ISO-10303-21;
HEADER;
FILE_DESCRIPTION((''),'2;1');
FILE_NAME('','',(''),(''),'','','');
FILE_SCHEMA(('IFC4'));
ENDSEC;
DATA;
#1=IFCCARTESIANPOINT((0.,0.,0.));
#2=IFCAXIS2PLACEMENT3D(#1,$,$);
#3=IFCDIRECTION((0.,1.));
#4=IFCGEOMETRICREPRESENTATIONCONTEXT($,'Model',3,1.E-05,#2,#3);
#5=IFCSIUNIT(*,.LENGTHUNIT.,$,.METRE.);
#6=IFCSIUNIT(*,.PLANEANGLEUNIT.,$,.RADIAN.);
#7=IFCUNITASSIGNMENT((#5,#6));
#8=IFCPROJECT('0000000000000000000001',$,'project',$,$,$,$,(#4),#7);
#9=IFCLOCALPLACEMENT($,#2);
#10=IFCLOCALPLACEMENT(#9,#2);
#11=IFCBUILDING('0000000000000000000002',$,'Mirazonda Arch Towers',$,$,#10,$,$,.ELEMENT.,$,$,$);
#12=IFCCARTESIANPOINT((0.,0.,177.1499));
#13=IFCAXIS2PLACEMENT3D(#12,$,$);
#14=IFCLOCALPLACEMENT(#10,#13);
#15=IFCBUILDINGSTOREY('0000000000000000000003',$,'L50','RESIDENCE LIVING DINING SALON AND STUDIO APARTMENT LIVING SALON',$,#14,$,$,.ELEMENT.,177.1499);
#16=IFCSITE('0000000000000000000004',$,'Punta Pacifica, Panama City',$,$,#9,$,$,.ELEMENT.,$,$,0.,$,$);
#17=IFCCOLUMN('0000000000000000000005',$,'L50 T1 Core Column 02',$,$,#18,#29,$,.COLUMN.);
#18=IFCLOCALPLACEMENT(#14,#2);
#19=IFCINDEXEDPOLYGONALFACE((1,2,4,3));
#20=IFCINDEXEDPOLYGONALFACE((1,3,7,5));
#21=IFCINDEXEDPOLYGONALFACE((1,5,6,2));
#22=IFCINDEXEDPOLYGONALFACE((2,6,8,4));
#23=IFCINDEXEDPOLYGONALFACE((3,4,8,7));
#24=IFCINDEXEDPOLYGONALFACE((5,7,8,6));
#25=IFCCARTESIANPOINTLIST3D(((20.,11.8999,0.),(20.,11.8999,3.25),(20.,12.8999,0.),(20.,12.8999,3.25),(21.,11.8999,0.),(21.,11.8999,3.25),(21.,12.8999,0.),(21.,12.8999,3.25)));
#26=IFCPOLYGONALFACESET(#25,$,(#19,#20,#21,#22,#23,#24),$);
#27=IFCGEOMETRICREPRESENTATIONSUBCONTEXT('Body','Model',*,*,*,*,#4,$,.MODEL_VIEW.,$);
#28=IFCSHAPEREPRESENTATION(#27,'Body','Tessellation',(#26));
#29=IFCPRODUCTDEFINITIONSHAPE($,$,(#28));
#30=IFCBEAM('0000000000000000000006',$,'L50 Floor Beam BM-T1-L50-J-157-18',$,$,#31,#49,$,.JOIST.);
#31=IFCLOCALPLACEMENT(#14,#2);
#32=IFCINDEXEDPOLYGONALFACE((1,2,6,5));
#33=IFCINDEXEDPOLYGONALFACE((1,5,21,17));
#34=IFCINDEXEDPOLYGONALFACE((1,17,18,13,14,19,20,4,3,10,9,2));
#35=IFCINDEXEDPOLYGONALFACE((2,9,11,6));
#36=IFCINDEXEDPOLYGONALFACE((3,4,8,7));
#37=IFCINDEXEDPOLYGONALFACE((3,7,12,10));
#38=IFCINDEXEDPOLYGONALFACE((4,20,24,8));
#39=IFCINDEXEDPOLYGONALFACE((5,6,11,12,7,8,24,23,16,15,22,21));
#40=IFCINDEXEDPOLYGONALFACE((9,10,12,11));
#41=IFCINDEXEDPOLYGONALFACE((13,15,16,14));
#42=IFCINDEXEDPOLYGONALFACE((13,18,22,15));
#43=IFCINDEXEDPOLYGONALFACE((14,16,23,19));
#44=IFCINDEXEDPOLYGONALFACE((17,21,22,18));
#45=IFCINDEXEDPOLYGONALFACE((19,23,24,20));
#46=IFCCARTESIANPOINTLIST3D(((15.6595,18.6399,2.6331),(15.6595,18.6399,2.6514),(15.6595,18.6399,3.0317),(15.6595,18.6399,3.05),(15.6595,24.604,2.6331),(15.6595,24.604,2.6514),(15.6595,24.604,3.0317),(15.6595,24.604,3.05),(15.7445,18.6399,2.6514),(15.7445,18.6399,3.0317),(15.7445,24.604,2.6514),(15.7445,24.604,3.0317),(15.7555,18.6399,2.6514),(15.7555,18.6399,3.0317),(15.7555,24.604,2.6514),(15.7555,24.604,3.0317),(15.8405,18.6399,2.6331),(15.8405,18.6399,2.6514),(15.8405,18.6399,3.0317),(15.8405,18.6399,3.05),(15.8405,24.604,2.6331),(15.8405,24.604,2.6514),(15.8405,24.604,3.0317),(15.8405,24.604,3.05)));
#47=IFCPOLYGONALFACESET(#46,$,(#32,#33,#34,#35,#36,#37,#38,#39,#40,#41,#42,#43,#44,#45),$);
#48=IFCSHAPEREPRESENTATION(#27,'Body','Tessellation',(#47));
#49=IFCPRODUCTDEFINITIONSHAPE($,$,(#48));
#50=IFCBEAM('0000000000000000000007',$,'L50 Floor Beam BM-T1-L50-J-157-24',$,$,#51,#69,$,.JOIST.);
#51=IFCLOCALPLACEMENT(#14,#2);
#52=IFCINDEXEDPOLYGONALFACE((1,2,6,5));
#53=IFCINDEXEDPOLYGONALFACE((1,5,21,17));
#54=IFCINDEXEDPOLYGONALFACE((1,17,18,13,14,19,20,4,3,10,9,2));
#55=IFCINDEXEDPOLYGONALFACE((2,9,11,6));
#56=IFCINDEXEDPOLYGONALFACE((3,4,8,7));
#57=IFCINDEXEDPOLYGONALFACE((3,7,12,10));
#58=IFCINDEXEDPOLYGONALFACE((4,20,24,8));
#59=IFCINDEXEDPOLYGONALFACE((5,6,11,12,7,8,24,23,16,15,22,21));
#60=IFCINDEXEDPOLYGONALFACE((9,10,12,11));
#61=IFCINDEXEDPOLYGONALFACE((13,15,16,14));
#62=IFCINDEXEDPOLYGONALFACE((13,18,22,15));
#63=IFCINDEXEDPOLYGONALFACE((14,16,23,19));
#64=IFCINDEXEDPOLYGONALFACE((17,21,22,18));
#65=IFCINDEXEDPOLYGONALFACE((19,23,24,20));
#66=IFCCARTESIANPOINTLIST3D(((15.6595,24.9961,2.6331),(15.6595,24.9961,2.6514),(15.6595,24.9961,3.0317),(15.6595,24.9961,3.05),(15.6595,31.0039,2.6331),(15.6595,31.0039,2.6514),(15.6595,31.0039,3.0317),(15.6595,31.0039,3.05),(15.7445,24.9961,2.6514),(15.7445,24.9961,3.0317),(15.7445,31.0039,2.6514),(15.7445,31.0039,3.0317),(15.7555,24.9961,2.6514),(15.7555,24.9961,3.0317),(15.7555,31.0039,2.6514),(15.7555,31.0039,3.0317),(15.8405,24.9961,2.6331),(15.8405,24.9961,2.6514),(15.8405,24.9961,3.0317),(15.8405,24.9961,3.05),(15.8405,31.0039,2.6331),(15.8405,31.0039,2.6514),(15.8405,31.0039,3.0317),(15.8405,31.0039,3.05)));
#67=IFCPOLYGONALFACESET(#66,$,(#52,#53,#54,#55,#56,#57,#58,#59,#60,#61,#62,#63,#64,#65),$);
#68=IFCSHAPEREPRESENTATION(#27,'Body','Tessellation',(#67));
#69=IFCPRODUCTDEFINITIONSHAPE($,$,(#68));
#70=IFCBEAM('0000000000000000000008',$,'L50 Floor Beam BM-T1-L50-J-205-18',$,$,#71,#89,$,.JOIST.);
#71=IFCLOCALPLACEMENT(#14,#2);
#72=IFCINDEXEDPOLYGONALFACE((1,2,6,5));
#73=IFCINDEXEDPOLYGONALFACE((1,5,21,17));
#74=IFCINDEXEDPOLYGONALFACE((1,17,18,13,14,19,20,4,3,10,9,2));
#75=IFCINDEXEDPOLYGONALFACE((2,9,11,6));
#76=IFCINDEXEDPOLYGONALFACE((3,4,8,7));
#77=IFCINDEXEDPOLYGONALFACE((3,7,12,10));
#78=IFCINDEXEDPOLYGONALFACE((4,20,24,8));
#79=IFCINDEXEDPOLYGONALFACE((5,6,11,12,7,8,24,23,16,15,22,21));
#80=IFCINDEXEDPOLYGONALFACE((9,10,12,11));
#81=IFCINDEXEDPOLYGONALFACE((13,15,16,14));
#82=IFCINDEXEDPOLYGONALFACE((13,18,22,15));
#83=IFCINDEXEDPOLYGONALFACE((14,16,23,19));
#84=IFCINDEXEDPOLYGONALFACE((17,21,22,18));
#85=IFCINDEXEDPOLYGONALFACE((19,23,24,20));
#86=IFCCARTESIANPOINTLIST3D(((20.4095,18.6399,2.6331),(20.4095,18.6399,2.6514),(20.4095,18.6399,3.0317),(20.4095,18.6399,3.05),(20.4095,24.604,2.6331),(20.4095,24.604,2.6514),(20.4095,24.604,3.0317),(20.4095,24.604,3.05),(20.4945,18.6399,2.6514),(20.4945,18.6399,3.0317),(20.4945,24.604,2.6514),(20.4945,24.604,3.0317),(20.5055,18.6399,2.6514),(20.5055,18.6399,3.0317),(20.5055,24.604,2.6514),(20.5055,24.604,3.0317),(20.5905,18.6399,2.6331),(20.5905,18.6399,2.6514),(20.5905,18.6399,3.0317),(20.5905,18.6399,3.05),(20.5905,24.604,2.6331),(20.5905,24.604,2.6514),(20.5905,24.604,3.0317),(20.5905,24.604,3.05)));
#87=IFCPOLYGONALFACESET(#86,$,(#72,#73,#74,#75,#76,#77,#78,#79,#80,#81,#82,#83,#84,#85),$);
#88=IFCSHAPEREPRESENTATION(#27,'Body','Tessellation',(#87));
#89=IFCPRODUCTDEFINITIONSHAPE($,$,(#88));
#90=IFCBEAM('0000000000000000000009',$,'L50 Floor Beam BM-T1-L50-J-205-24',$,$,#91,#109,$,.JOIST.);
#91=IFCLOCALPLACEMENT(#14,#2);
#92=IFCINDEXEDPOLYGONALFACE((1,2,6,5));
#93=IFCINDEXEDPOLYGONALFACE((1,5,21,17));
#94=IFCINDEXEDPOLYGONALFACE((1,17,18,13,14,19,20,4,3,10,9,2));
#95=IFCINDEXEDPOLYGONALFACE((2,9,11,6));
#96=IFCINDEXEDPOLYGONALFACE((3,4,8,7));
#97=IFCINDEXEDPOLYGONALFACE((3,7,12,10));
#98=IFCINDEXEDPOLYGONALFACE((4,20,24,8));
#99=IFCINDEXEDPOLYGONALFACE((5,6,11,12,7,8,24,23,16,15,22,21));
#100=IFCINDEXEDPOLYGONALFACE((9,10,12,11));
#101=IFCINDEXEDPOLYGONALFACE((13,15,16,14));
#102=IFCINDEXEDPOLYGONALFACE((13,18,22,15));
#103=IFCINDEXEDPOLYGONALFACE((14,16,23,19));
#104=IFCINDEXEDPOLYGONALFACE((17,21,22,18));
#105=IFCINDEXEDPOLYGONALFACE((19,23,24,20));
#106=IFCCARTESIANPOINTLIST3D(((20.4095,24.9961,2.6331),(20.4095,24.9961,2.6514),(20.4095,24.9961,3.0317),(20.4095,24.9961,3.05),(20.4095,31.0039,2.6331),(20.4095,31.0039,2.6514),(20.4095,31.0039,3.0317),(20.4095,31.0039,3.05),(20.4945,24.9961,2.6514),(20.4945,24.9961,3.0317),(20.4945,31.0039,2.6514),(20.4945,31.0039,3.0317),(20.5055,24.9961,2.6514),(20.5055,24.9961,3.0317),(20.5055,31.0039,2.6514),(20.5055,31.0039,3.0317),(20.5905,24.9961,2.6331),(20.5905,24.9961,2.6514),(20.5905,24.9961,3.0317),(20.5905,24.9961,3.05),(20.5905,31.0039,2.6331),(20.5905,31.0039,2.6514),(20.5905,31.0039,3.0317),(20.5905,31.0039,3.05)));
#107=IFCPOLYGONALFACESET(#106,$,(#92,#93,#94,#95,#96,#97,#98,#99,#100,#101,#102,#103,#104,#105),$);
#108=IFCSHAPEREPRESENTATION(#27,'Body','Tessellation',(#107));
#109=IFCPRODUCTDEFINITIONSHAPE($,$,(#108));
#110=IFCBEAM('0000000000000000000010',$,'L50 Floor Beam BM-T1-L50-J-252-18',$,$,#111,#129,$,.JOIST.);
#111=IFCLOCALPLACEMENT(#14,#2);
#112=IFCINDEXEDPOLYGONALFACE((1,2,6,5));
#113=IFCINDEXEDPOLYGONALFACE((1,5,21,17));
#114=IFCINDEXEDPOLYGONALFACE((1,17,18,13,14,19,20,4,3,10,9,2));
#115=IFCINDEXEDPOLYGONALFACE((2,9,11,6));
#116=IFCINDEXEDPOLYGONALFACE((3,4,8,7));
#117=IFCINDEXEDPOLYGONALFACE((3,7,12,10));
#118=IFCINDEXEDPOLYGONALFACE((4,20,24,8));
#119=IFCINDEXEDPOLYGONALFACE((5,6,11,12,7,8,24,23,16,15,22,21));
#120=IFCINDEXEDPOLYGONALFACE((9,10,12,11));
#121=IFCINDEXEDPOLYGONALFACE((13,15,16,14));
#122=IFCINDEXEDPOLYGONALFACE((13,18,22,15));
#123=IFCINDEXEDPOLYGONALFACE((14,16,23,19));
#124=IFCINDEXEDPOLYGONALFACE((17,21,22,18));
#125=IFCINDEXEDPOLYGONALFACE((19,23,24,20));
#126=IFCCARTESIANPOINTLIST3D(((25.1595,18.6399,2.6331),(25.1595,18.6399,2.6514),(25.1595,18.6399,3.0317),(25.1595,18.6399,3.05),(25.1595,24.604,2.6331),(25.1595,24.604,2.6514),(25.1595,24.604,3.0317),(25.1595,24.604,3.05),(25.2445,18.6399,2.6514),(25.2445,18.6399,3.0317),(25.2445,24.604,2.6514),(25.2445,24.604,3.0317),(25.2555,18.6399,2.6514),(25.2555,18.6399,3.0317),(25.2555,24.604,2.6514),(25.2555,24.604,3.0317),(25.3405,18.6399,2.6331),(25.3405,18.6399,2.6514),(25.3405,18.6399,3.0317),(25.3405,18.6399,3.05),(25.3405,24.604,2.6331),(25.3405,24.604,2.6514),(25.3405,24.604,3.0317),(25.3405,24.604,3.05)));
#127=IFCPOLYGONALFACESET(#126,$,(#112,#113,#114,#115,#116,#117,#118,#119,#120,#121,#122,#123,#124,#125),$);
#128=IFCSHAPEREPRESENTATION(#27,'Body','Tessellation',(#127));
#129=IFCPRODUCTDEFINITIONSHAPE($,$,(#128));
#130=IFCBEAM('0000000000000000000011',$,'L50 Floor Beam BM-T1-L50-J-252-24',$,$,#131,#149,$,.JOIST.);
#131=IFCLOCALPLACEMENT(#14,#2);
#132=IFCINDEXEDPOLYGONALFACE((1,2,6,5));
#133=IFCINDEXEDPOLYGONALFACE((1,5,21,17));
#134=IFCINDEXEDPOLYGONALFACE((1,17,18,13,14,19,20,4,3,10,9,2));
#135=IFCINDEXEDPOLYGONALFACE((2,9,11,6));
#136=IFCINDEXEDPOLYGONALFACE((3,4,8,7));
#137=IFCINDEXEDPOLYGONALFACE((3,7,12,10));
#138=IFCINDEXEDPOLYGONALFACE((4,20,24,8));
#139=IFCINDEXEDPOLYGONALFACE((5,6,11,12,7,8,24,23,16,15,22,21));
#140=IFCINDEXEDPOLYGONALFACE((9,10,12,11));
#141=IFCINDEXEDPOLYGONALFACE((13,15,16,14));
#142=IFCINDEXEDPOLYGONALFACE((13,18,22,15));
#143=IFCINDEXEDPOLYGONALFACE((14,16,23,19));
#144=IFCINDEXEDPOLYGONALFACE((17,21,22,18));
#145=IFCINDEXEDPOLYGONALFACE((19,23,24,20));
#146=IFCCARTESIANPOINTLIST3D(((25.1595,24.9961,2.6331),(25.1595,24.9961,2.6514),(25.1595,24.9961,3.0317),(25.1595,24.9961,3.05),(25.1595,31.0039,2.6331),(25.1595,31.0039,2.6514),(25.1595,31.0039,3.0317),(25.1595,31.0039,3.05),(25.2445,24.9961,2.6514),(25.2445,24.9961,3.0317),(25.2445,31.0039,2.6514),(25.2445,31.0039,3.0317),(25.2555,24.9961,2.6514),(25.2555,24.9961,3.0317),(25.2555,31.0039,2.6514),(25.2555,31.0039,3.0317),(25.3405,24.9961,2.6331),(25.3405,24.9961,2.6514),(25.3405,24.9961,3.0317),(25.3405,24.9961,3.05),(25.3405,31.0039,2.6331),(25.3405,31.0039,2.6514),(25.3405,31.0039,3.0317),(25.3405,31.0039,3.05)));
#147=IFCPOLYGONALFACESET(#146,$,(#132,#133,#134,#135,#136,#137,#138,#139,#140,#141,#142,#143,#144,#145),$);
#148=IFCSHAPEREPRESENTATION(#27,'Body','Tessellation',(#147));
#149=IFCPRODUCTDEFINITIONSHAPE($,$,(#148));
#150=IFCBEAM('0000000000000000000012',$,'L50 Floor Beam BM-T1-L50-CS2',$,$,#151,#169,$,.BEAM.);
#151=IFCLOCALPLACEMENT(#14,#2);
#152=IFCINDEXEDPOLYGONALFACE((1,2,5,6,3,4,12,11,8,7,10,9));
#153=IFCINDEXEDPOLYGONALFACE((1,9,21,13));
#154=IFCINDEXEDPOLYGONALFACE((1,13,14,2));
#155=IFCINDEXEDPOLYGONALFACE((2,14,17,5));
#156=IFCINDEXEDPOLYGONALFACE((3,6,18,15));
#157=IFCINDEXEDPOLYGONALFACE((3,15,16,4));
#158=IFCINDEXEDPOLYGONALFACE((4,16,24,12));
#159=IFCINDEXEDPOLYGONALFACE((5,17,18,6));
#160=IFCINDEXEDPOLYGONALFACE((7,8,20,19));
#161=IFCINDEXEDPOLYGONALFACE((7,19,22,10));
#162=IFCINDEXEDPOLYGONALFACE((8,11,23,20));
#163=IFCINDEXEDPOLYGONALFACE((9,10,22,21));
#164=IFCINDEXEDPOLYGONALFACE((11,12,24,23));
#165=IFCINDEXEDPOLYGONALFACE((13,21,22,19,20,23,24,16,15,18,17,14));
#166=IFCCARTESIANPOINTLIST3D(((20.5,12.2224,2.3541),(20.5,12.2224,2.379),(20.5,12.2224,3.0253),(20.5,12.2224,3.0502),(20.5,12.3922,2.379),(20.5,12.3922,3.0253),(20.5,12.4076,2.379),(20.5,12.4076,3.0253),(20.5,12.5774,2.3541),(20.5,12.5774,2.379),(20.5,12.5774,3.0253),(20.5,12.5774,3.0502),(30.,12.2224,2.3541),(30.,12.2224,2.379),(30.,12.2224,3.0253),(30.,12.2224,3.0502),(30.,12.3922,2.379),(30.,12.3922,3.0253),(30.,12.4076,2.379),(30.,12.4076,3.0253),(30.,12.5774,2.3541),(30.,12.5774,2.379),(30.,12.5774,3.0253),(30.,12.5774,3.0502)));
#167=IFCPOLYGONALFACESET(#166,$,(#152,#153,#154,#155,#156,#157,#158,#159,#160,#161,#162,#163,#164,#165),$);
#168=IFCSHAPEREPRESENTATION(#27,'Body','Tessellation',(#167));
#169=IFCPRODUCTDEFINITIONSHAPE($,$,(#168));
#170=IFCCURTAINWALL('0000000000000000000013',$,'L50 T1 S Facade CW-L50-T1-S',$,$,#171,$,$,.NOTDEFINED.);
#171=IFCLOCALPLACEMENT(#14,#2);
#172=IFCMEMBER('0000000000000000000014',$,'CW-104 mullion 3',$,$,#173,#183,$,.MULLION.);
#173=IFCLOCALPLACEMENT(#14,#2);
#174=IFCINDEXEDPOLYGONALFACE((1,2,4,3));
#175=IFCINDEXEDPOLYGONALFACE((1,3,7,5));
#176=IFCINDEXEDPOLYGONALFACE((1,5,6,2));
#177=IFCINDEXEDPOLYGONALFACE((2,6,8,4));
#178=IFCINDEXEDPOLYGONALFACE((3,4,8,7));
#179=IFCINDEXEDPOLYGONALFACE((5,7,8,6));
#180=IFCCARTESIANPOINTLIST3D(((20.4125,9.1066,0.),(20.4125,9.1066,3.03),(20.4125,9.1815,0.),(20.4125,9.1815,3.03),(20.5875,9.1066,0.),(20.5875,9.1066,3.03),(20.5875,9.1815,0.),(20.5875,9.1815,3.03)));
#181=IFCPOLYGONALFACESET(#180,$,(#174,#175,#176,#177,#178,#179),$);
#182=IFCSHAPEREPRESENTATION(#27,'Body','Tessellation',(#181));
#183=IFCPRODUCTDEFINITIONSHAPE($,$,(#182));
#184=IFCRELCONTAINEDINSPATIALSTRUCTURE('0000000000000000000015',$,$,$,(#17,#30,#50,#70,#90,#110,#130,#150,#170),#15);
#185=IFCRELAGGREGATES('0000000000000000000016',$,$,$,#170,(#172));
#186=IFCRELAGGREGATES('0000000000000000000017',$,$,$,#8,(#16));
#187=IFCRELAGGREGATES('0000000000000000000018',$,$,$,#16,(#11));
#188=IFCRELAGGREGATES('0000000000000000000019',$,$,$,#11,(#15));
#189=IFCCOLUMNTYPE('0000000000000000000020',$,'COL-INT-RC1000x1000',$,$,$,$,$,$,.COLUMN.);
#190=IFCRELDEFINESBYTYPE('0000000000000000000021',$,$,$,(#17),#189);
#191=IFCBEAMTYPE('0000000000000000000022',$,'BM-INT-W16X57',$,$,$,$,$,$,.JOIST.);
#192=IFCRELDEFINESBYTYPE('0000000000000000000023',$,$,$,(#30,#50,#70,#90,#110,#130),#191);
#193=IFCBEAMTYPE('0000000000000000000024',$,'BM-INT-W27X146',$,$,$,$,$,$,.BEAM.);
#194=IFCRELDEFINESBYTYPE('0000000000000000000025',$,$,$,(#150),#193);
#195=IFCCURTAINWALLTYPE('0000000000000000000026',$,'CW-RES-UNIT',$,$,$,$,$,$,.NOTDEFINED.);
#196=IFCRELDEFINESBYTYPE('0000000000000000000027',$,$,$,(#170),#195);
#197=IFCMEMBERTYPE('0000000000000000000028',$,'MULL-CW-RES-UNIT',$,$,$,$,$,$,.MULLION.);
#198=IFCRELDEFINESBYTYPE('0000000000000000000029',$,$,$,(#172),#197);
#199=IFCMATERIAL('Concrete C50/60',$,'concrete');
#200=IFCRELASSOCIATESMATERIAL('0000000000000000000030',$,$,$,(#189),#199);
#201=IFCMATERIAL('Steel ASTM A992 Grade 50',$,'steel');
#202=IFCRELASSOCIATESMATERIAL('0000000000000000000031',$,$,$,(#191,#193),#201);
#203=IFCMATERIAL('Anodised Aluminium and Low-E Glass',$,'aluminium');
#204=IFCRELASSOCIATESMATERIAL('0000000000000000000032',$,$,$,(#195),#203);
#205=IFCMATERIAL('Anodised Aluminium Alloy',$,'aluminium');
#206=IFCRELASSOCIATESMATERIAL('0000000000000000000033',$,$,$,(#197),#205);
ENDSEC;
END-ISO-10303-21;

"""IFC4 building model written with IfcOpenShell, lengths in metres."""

from ifc_helpers import new_model, si_unit, direction, frame, origin, origin_2d, place, context, subcontext, project, spatial, rectangle, i_section, extrude, material, material_profile, profile_set, type_object, element, aggregate, save


model = new_model("IFC4")

# Units and contexts
model_context = context("Model", 3, precision=1e-05, world=origin(), true_north=direction((0.0, 1.0)))
body_context = subcontext(model_context, "Body", "Model", "MODEL_VIEW")
ifc_project = project(units=[si_unit("LENGTHUNIT", "METRE"), si_unit("PLANEANGLEUNIT", "RADIAN")], contexts=[model_context])

# Site, building, storey
site_placement = place(None, origin())
site = spatial("IfcSite", under=ifc_project, at=site_placement, Name="Punta Pacifica, Panama City", CompositionType="ELEMENT", RefElevation=0.0)
building_placement = place(site_placement, origin())
building = spatial("IfcBuilding", under=site, at=building_placement, Name="Mirazonda Arch Towers", CompositionType="ELEMENT")
storey_placement = place(building_placement, frame((0.0, 0.0, 177.1499)))
storey = spatial("IfcBuildingStorey", under=building, at=storey_placement, Name="L50", Description="RESIDENCE LIVING DINING SALON AND STUDIO APARTMENT LIVING SALON", CompositionType="ELEMENT", Elevation=177.1499)

# Column
ifc_material_1 = material(Name="Concrete C50/60", Category="concrete")
ifc_material_profile_1 = material_profile(ifc_material_1, rectangle(XDim=1.0, YDim=1.0, at=origin_2d()), Name="RC1000x1000")
ifc_profile_set_1 = profile_set([ifc_material_profile_1], Name="Concrete C50/60")
column_type = type_object("IfcColumnType", Name="COL-INT-RC1000x1000", PredefinedType="COLUMN", material=ifc_profile_set_1)
column_placement = place(storey_placement, frame((20.5, 12.3999, 0.0), z_axis=(0.0, 0.0, 1.0), x_axis=(1.0, 0.0, 0.0)))
element("IfcColumn", 1, at=column_placement, inside=storey, type_object=column_type, Name="L50 T1 Core Column 02", PredefinedType="COLUMN", context=body_context, shape_type="SweptSolid", body=[
    extrude(rectangle(XDim=1.0, YDim=1.0, at=origin_2d()), origin(), (0.0, 0.0, 1.0), 3.25),
])

# Beams
ifc_material_2 = material(Name="Steel ASTM A992 Grade 50", Category="steel")
ifc_material_profile_2 = material_profile(ifc_material_2, i_section(OverallWidth=0.1809, OverallDepth=0.417, WebThickness=0.011, FlangeThickness=0.0183, at=origin_2d()), Name="W16X57")
ifc_profile_set_2 = profile_set([ifc_material_profile_2], Name="Steel ASTM A992 Grade 50")
beam_type_1 = type_object("IfcBeamType", Name="BM-INT-W16X57", PredefinedType="JOIST", material=ifc_profile_set_2)
beam_1_placement = place(storey_placement, frame((15.75, 18.6399, 2.8416), z_axis=(0.0, 1.0, 0.0), x_axis=(-1.0, 0.0, 0.0)))
element("IfcBeam", 2, at=beam_1_placement, inside=storey, type_object=beam_type_1, Name="L50 Floor Beam BM-T1-L50-J-157-18", PredefinedType="JOIST", context=body_context, shape_type="SweptSolid", body=[
    extrude(i_section(OverallWidth=0.1809, OverallDepth=0.417, WebThickness=0.011, FlangeThickness=0.0183, at=origin_2d()), origin(), (0.0, 0.0, 1.0), 5.9641),
])
beam_2_placement = place(storey_placement, frame((15.75, 24.9961, 2.8416), z_axis=(0.0, 1.0, 0.0), x_axis=(-1.0, 0.0, 0.0)))
element("IfcBeam", 3, at=beam_2_placement, inside=storey, type_object=beam_type_1, Name="L50 Floor Beam BM-T1-L50-J-157-24", PredefinedType="JOIST", context=body_context, shape_type="SweptSolid", body=[
    extrude(i_section(OverallWidth=0.1809, OverallDepth=0.417, WebThickness=0.011, FlangeThickness=0.0183, at=origin_2d()), origin(), (0.0, 0.0, 1.0), 6.0078),
])
beam_3_placement = place(storey_placement, frame((20.5, 18.6399, 2.8416), z_axis=(0.0, 1.0, 0.0), x_axis=(-1.0, 0.0, 0.0)))
element("IfcBeam", 4, at=beam_3_placement, inside=storey, type_object=beam_type_1, Name="L50 Floor Beam BM-T1-L50-J-205-18", PredefinedType="JOIST", context=body_context, shape_type="SweptSolid", body=[
    extrude(i_section(OverallWidth=0.1809, OverallDepth=0.417, WebThickness=0.011, FlangeThickness=0.0183, at=origin_2d()), origin(), (0.0, 0.0, 1.0), 5.9641),
])
beam_4_placement = place(storey_placement, frame((20.5, 24.9961, 2.8416), z_axis=(0.0, 1.0, 0.0), x_axis=(-1.0, 0.0, 0.0)))
element("IfcBeam", 5, at=beam_4_placement, inside=storey, type_object=beam_type_1, Name="L50 Floor Beam BM-T1-L50-J-205-24", PredefinedType="JOIST", context=body_context, shape_type="SweptSolid", body=[
    extrude(i_section(OverallWidth=0.1809, OverallDepth=0.417, WebThickness=0.011, FlangeThickness=0.0183, at=origin_2d()), origin(), (0.0, 0.0, 1.0), 6.0078),
])
beam_5_placement = place(storey_placement, frame((25.25, 18.6399, 2.8416), z_axis=(0.0, 1.0, 0.0), x_axis=(-1.0, 0.0, 0.0)))
element("IfcBeam", 6, at=beam_5_placement, inside=storey, type_object=beam_type_1, Name="L50 Floor Beam BM-T1-L50-J-252-18", PredefinedType="JOIST", context=body_context, shape_type="SweptSolid", body=[
    extrude(i_section(OverallWidth=0.1809, OverallDepth=0.417, WebThickness=0.011, FlangeThickness=0.0183, at=origin_2d()), origin(), (0.0, 0.0, 1.0), 5.9641),
])
beam_6_placement = place(storey_placement, frame((25.25, 24.9961, 2.8416), z_axis=(0.0, 1.0, 0.0), x_axis=(-1.0, 0.0, 0.0)))
element("IfcBeam", 7, at=beam_6_placement, inside=storey, type_object=beam_type_1, Name="L50 Floor Beam BM-T1-L50-J-252-24", PredefinedType="JOIST", context=body_context, shape_type="SweptSolid", body=[
    extrude(i_section(OverallWidth=0.1809, OverallDepth=0.417, WebThickness=0.011, FlangeThickness=0.0183, at=origin_2d()), origin(), (0.0, 0.0, 1.0), 6.0078),
])
ifc_material_profile_3 = material_profile(ifc_material_2, i_section(OverallWidth=0.355, OverallDepth=0.696, WebThickness=0.0154, FlangeThickness=0.0249, at=origin_2d()), Name="W27X146")
ifc_profile_set_3 = profile_set([ifc_material_profile_3], Name="Steel ASTM A992 Grade 50")
beam_type_2 = type_object("IfcBeamType", Name="BM-INT-W27X146", PredefinedType="BEAM", material=ifc_profile_set_3)
beam_7_placement = place(storey_placement, frame((20.5, 12.3999, 2.7021), z_axis=(1.0, 0.0, 0.0), x_axis=(0.0, 1.0, 0.0)))
element("IfcBeam", 8, at=beam_7_placement, inside=storey, type_object=beam_type_2, Name="L50 Floor Beam BM-T1-L50-CS2", PredefinedType="BEAM", context=body_context, shape_type="SweptSolid", body=[
    extrude(i_section(OverallWidth=0.355, OverallDepth=0.696, WebThickness=0.0154, FlangeThickness=0.0249, at=origin_2d()), origin(), (0.0, 0.0, 1.0), 9.5),
])

# Curtain wall, member
ifc_material_3 = material(Name="Anodised Aluminium and Low-E Glass", Category="aluminium")
curtain_wall_type = type_object("IfcCurtainWallType", Name="CW-RES-UNIT", PredefinedType="NOTDEFINED", material=ifc_material_3)
curtain_wall_placement = place(storey_placement, origin())
curtain_wall = element("IfcCurtainWall", 9, at=curtain_wall_placement, inside=storey, type_object=curtain_wall_type, Name="L50 T1 S Facade CW-L50-T1-S", PredefinedType="NOTDEFINED")
ifc_material_4 = material(Name="Anodised Aluminium Alloy", Category="aluminium")
ifc_material_profile_4 = material_profile(ifc_material_4, rectangle(XDim=0.075, YDim=0.175, at=origin_2d()), Name="ALU-MULL-75x175")
ifc_profile_set_4 = profile_set([ifc_material_profile_4], Name="Anodised Aluminium Alloy")
member_type_1 = type_object("IfcMemberType", Name="MULL-CW-RES-UNIT", PredefinedType="MULLION", material=ifc_profile_set_4)
member_1_placement = place(storey_placement, frame((20.5, 9.144, 0.0), z_axis=(0.0, 0.0, 1.0), x_axis=(0.0, -1.0, 0.0)))
member_1 = element("IfcMember", 10, at=member_1_placement, type_object=member_type_1, Name="CW-104 mullion 3", PredefinedType="MULLION", context=body_context, shape_type="SweptSolid", body=[
    extrude(rectangle(XDim=0.075, YDim=0.175, at=origin_2d()), origin(), (0.0, 0.0, 1.0), 3.03),
])
aggregate(curtain_wall, [member_1])

save(model, "model.ifc")
